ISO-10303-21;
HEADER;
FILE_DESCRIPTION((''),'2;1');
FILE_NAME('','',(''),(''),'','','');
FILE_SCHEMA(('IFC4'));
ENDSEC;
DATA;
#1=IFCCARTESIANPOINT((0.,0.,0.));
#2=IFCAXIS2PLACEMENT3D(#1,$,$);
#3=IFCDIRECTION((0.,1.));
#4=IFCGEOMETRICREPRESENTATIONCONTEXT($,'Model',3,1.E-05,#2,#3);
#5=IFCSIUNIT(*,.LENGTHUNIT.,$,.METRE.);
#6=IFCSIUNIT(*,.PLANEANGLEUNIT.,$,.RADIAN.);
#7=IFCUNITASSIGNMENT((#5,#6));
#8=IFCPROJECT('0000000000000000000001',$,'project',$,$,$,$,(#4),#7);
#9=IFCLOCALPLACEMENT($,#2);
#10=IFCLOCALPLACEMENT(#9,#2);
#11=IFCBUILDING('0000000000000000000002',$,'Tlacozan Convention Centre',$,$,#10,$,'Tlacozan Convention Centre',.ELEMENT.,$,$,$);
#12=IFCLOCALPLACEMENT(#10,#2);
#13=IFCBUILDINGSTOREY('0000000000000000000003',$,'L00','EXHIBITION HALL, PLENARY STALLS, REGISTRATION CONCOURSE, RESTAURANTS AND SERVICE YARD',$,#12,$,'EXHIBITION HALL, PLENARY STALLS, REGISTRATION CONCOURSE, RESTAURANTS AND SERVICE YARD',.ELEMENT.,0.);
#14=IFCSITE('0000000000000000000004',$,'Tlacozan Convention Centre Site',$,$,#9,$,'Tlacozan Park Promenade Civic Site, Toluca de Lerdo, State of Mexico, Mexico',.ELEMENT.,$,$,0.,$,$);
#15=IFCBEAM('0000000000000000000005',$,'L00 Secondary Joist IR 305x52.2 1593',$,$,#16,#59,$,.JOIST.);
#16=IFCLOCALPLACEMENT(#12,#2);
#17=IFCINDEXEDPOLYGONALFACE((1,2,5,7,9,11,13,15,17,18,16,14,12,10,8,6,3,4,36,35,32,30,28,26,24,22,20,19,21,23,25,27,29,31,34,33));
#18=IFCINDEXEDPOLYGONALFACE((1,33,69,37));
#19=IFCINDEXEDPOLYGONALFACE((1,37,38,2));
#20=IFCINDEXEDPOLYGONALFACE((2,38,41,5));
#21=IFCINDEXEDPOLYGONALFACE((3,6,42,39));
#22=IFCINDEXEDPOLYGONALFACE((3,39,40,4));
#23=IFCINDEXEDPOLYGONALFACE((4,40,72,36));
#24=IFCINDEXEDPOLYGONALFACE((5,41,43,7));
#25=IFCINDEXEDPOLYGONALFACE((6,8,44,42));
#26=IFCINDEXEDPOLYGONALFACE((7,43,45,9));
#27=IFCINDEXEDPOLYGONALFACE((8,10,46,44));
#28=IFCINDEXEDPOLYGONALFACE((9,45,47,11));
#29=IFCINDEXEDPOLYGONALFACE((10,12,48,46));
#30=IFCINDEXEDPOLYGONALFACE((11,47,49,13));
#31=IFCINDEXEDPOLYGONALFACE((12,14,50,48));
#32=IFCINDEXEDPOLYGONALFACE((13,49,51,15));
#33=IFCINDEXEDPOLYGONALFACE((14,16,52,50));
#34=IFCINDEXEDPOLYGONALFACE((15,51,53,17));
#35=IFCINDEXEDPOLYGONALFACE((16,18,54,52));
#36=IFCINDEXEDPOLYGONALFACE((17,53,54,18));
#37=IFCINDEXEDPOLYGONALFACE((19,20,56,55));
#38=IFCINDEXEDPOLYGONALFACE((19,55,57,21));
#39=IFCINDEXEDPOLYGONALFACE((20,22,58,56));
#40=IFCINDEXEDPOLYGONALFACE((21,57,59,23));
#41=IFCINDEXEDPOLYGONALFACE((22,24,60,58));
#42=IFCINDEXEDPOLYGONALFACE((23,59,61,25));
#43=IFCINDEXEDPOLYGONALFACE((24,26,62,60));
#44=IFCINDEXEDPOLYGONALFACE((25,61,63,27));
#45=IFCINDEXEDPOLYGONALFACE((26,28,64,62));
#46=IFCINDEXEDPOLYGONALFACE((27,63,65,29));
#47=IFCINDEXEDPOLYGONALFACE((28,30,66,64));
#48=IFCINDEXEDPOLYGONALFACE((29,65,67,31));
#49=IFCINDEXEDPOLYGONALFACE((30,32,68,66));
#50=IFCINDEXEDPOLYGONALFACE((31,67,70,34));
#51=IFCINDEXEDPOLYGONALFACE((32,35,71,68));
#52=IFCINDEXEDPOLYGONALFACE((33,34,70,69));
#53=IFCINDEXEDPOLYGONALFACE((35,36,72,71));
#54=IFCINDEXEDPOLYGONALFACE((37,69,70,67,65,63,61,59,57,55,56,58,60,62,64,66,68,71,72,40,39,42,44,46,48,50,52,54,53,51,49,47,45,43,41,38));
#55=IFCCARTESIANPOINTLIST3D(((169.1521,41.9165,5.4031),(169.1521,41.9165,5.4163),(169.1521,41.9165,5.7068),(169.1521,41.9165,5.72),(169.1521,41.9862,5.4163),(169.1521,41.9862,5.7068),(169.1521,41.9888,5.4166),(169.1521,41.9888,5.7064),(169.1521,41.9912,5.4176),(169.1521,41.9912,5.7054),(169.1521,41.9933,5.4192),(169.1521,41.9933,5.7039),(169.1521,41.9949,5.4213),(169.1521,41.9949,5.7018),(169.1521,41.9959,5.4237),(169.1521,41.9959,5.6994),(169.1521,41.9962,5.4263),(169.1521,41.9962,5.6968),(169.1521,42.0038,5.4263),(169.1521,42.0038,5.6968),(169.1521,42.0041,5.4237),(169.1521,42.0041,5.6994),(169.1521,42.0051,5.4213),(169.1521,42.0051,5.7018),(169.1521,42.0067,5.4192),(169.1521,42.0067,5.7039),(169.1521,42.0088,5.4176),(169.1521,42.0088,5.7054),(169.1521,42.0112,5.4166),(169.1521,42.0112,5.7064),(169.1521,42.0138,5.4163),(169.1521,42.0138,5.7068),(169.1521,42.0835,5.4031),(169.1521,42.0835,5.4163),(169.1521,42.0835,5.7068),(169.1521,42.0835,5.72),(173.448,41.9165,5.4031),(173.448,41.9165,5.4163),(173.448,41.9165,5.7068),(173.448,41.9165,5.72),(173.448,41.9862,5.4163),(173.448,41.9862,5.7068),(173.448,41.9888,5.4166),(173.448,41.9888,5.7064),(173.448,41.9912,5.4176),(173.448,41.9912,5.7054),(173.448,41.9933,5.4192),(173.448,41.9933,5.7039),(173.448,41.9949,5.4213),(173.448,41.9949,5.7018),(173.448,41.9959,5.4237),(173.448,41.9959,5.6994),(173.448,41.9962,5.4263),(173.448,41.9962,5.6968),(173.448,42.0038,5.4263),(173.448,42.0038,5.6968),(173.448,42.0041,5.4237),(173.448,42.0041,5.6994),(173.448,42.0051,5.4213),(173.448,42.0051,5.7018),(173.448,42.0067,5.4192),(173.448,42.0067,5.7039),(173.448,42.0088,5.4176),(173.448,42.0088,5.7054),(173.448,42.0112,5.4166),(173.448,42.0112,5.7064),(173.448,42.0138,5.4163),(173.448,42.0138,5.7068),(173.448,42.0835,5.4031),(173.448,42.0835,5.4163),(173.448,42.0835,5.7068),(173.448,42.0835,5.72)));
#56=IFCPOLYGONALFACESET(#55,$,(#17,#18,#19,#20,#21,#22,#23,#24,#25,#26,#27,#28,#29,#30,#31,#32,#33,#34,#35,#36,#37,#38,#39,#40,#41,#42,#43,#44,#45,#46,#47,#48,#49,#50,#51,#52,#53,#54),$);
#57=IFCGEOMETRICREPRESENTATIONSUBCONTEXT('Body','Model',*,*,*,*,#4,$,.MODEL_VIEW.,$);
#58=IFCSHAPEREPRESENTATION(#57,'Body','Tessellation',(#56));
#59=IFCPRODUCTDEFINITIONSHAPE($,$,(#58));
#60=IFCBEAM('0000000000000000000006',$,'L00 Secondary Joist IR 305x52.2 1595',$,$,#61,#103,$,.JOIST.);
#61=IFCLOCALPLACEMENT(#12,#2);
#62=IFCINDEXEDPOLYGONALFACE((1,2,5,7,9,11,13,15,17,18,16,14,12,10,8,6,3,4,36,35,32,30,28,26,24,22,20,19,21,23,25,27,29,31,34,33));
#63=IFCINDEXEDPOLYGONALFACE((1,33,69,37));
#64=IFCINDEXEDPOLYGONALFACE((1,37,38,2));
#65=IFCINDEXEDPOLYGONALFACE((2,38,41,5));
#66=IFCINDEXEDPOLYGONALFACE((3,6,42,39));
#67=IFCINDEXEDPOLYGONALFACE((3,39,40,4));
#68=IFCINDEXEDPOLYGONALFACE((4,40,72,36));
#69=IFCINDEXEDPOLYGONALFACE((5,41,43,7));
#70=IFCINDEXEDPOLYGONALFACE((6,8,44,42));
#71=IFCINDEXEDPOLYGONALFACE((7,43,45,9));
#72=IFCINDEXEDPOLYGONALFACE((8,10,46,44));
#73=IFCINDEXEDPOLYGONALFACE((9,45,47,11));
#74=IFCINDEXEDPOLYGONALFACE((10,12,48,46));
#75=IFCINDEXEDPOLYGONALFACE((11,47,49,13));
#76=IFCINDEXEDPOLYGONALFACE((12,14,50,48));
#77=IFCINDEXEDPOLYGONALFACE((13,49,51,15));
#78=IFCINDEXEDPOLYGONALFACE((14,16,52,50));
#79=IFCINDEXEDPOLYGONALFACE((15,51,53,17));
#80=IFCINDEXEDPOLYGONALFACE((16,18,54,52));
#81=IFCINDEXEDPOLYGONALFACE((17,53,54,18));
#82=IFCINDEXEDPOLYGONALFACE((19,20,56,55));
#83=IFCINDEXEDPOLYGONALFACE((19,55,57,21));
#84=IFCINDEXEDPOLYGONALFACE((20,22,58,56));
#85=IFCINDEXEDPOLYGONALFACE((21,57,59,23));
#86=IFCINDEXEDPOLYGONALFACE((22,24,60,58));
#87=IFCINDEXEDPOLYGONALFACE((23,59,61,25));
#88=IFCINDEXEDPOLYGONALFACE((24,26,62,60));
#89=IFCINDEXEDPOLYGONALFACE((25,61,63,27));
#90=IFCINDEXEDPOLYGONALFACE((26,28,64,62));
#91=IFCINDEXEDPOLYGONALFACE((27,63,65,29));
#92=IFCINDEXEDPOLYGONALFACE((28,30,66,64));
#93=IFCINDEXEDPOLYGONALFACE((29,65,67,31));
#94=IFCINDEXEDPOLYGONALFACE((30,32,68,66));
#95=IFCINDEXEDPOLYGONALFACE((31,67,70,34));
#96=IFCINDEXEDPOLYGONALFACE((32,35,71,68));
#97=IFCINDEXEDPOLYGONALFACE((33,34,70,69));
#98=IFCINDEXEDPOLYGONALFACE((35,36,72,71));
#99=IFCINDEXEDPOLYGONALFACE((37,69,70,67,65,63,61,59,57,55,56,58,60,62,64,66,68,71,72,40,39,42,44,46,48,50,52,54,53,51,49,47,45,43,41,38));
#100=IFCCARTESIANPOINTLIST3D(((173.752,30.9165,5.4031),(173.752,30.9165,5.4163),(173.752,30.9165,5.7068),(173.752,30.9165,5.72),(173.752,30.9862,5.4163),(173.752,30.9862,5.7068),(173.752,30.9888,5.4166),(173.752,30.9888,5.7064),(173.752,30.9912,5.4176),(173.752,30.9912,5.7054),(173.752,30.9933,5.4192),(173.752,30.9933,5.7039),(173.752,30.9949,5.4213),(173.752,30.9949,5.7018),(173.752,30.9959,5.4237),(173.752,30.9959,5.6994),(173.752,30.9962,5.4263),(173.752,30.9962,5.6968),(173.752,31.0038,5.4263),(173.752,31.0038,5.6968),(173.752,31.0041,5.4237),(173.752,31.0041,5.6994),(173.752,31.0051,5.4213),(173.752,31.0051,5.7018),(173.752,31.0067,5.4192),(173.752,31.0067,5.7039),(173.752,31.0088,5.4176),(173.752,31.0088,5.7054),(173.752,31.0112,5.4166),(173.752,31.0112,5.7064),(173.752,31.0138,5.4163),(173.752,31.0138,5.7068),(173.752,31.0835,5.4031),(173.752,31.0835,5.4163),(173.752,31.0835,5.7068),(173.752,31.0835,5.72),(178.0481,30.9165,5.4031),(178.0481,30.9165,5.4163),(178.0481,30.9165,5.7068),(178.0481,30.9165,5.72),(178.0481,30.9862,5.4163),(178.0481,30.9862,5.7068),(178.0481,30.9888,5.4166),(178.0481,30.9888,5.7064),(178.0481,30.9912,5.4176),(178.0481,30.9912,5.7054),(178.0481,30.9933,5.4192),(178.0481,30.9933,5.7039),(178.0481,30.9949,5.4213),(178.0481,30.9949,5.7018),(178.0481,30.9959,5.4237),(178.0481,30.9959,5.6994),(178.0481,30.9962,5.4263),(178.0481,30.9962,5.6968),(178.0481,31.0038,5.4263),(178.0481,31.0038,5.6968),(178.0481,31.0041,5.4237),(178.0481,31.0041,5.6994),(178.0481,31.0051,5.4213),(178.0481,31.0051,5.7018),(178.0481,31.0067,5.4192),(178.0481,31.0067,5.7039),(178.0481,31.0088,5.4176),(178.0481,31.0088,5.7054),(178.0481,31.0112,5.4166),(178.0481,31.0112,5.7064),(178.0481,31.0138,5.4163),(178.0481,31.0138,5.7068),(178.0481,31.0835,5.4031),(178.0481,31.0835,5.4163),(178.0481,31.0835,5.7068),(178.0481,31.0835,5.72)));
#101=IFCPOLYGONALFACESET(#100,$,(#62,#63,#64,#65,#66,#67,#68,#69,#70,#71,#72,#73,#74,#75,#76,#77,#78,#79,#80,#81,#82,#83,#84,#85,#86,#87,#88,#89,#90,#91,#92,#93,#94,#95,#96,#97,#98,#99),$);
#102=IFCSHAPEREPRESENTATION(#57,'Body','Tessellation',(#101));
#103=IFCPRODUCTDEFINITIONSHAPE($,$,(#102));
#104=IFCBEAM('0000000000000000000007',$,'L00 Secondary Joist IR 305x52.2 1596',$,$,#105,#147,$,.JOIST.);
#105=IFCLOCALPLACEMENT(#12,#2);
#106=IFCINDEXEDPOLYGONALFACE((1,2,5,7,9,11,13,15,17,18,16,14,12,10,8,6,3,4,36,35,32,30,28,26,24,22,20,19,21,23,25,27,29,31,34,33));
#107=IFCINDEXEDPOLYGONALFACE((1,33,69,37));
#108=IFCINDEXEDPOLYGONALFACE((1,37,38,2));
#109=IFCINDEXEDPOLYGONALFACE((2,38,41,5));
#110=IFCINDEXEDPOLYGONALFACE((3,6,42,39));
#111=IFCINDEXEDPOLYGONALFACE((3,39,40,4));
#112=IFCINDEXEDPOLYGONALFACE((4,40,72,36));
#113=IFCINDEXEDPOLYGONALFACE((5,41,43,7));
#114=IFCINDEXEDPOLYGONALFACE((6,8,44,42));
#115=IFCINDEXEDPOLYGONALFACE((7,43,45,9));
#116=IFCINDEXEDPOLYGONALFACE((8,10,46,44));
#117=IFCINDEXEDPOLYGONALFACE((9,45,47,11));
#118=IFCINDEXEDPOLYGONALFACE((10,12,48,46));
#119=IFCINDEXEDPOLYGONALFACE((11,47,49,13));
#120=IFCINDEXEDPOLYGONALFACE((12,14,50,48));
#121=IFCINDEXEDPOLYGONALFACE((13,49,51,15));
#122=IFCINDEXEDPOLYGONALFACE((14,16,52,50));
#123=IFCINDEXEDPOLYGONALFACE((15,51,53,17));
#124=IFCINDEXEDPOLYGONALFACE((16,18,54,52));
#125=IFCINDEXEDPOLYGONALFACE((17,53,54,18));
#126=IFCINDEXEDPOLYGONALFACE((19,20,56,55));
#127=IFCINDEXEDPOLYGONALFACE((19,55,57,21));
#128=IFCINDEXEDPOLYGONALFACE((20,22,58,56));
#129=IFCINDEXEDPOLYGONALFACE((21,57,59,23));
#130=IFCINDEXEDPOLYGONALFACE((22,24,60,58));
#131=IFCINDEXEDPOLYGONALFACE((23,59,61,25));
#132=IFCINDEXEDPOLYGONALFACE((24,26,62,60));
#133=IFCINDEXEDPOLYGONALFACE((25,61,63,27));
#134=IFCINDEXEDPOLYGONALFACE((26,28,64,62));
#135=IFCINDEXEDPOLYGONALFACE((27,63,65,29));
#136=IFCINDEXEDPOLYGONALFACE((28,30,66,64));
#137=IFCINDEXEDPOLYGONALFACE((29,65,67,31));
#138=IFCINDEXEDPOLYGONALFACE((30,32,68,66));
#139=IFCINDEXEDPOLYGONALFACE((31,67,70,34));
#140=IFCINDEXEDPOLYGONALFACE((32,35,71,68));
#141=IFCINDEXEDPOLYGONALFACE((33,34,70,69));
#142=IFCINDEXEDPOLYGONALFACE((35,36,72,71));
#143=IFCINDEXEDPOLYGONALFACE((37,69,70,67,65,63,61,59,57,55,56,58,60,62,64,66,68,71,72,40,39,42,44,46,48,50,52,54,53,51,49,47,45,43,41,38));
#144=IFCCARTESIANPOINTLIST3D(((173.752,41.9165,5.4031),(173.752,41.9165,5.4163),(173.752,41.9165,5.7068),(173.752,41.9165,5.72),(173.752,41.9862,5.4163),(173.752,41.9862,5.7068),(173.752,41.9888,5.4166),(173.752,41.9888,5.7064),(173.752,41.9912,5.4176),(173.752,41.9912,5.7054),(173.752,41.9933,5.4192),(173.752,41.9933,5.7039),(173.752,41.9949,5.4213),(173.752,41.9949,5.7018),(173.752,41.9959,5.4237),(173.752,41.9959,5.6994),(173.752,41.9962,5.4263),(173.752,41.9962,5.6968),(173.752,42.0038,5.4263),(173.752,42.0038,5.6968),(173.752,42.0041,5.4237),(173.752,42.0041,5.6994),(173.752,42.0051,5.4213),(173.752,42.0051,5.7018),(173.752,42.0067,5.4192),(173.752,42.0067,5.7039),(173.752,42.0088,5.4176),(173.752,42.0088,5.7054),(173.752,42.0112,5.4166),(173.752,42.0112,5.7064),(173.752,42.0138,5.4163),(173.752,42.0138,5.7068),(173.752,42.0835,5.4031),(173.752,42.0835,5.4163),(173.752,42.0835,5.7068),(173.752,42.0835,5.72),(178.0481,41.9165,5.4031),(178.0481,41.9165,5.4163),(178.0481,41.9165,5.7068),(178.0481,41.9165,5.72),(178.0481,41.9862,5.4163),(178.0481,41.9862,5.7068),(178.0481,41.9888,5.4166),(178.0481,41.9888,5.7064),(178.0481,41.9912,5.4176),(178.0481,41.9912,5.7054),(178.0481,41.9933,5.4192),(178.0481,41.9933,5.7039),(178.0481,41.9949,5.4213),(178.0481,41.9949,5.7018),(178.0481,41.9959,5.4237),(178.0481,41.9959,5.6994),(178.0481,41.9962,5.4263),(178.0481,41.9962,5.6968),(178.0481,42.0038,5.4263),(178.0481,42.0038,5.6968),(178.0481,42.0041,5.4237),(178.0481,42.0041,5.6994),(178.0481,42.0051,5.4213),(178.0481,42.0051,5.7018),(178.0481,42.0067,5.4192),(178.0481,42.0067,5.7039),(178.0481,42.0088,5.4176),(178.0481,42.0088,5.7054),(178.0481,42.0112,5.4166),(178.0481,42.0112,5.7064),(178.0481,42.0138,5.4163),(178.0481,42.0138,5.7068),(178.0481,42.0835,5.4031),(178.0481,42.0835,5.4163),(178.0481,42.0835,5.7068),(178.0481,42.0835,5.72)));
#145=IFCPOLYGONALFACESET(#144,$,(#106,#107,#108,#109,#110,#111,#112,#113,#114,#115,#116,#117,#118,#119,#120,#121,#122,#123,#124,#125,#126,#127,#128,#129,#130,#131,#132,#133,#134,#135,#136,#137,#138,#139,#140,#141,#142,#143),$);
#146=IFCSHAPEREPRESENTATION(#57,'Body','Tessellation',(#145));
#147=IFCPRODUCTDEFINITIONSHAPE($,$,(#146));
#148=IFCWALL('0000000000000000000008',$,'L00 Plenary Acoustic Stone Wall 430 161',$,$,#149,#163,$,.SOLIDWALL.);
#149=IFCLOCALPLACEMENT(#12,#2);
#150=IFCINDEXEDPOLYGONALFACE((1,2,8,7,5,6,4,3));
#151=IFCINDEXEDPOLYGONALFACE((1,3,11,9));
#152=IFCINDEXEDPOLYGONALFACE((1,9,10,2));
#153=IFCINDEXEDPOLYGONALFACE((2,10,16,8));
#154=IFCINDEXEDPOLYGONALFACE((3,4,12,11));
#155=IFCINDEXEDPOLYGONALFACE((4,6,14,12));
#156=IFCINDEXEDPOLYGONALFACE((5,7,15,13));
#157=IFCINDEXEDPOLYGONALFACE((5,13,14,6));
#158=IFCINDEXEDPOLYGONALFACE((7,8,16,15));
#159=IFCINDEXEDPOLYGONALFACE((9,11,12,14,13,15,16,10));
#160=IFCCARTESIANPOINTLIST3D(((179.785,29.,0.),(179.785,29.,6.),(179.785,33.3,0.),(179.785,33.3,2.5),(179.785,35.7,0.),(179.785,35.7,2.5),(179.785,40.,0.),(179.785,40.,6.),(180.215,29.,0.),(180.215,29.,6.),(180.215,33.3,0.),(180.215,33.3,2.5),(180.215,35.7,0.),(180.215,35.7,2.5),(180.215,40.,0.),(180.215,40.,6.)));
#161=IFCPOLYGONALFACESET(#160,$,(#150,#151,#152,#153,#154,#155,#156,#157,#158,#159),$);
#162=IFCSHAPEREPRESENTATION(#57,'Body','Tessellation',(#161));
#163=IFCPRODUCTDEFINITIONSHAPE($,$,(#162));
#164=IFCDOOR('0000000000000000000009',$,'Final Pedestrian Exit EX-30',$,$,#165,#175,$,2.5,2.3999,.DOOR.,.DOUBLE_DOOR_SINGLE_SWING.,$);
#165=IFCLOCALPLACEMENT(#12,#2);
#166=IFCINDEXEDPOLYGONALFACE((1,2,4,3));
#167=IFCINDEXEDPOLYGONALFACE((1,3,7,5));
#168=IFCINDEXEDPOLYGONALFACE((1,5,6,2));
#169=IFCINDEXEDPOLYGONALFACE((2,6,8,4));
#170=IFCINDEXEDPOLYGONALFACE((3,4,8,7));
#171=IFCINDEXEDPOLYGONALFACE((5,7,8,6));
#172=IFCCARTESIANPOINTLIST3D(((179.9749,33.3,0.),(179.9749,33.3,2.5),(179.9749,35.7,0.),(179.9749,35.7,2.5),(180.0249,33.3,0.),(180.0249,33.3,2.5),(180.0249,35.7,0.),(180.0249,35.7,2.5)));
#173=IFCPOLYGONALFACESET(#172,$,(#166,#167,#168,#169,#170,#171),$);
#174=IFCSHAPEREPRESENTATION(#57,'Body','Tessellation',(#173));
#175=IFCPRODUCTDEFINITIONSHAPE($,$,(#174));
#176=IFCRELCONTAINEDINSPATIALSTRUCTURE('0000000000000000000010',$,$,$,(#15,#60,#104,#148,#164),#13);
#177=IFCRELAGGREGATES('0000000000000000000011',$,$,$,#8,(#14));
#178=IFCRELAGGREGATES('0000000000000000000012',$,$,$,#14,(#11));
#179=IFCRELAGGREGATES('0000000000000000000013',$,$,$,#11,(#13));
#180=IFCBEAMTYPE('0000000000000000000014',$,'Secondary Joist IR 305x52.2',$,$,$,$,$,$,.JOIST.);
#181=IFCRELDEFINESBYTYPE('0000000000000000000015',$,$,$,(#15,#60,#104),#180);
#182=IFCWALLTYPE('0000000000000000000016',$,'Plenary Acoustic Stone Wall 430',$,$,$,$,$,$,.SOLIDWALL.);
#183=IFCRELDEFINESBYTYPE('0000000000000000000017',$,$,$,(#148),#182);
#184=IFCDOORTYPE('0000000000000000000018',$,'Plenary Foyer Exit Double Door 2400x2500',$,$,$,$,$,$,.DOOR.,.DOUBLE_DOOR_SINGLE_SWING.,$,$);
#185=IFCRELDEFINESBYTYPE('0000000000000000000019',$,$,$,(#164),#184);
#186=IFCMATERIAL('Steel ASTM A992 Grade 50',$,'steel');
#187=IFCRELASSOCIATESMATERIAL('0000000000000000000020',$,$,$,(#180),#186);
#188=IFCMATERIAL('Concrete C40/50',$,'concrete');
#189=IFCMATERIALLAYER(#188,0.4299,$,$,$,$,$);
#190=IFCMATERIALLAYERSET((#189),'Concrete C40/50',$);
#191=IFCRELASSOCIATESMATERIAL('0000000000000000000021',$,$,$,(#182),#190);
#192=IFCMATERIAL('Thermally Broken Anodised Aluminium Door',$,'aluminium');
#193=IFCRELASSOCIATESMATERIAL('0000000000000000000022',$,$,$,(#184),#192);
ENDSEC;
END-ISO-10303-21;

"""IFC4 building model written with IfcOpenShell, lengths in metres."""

from ifc_helpers import new_model, si_unit, direction, frame, frame_2d, origin, origin_2d, place, context, subcontext, project, spatial, rectangle, i_section, extrude, material, layer, layer_set, material_profile, profile_set, type_object, element, fill, save


model = new_model("IFC4")

# Units and contexts
model_context = context("Model", 3, precision=1e-05, world=origin(), true_north=direction((0.0, 1.0)))
body_context = subcontext(model_context, "Body", "Model", "MODEL_VIEW")
ifc_project = project(units=[si_unit("LENGTHUNIT", "METRE"), si_unit("PLANEANGLEUNIT", "RADIAN")], contexts=[model_context])

# Site, building, storey
site_placement = place(None, origin())
site = spatial("IfcSite", under=ifc_project, at=site_placement, Name="Tlacozan Convention Centre Site", LongName="Tlacozan Park Promenade Civic Site, Toluca de Lerdo, State of Mexico, Mexico", CompositionType="ELEMENT", RefElevation=0.0)
building_placement = place(site_placement, origin())
building = spatial("IfcBuilding", under=site, at=building_placement, Name="Tlacozan Convention Centre", LongName="Tlacozan Convention Centre", CompositionType="ELEMENT")
storey_placement = place(building_placement, origin())
storey = spatial("IfcBuildingStorey", under=building, at=storey_placement, Name="L00", Description="EXHIBITION HALL, PLENARY STALLS, REGISTRATION CONCOURSE, RESTAURANTS AND SERVICE YARD", LongName="EXHIBITION HALL, PLENARY STALLS, REGISTRATION CONCOURSE, RESTAURANTS AND SERVICE YARD", CompositionType="ELEMENT", Elevation=0.0)

# Shared definitions
ifc_material_1 = material(Name="Concrete C40/50", Category="concrete")

# Beams
ifc_material_2 = material(Name="Steel ASTM A992 Grade 50", Category="steel")
ifc_material_profile_1 = material_profile(ifc_material_2, i_section(OverallWidth=0.167, OverallDepth=0.3169, WebThickness=0.0076, FlangeThickness=0.0132, FilletRadius=0.01, at=origin_2d()), Name="IR 305x52.2")
ifc_profile_set_1 = profile_set([ifc_material_profile_1], Name="Steel ASTM A992 Grade 50")
beam_type = type_object("IfcBeamType", Name="Secondary Joist IR 305x52.2", PredefinedType="JOIST", material=ifc_profile_set_1)
for number, where, z_axis, x_axis, name in (
    (1, (169.1521, 42.0, 5.5615), (1.0, 0.0, 0.0), (0.0, 1.0, 0.0), "L00 Secondary Joist IR 305x52.2 1593"),
):
    element("IfcBeam", number, at=place(storey_placement, frame(where, z_axis=z_axis, x_axis=x_axis)), inside=storey, type_object=beam_type, Name=name, PredefinedType="JOIST", context=body_context, shape_type="SweptSolid", body=[
        extrude(i_section(OverallWidth=0.167, OverallDepth=0.3169, WebThickness=0.0076, FlangeThickness=0.0132, FilletRadius=0.01, at=origin_2d()), origin(), (0.0, 0.0, 1.0), 4.2959),
    ])
for number, where, z_axis, x_axis, name in (
    (2, (173.752, 31.0, 5.5615), (1.0, 0.0, 0.0), (0.0, 1.0, 0.0), "L00 Secondary Joist IR 305x52.2 1595"),
    (3, (173.752, 42.0, 5.5615), (1.0, 0.0, 0.0), (0.0, 1.0, 0.0), "L00 Secondary Joist IR 305x52.2 1596"),
):
    element("IfcBeam", number, at=place(storey_placement, frame(where, z_axis=z_axis, x_axis=x_axis)), inside=storey, type_object=beam_type, Name=name, PredefinedType="JOIST", context=body_context, shape_type="SweptSolid", body=[
        extrude(i_section(OverallWidth=0.167, OverallDepth=0.3169, WebThickness=0.0076, FlangeThickness=0.0132, FilletRadius=0.01, at=origin_2d()), origin(), (0.0, 0.0, 1.0), 4.2961),
    ])

# Wall, opening, door
ifc_layer_1 = layer(ifc_material_1, 0.4299)
ifc_layer_set_1 = layer_set([ifc_layer_1], Name="Concrete C40/50")
wall_type = type_object("IfcWallType", Name="Plenary Acoustic Stone Wall 430", PredefinedType="SOLIDWALL", material=ifc_layer_set_1)
wall_1_placement = place(storey_placement, frame((180.0, 29.0, 0.0), z_axis=(0.0, 0.0, 1.0), x_axis=(0.0, 1.0, 0.0)))
wall_1 = element("IfcWall", 4, at=wall_1_placement, inside=storey, type_object=wall_type, Name="L00 Plenary Acoustic Stone Wall 430 161", PredefinedType="SOLIDWALL", context=body_context, shape_type="SweptSolid", body=[
    extrude(rectangle(XDim=11.0, YDim=0.4299, at=frame_2d((5.5, 0.0))), origin(), (0.0, 0.0, 1.0), 6.0),
])
opening_1_placement = place(wall_1_placement, frame((4.3, 0.0, 0.0)))
opening_1 = element("IfcOpeningElement", 5, at=opening_1_placement, cuts=wall_1, PredefinedType="OPENING", context=body_context, shape_type="SweptSolid", body=[
    extrude(rectangle(XDim=2.3999, YDim=2.5, at=frame_2d((1.2, 1.25))), frame((0.0, 0.2249, 0.0), z_axis=(0.0, -1.0, 0.0), x_axis=(1.0, 0.0, 0.0)), (0.0, 0.0, 1.0), 0.45),
])
ifc_material_3 = material(Name="Thermally Broken Anodised Aluminium Door", Category="aluminium")
door_type = type_object("IfcDoorType", Name="Plenary Foyer Exit Double Door 2400x2500", OperationType="DOUBLE_DOOR_SINGLE_SWING", PredefinedType="DOOR", material=ifc_material_3)
door_1_placement = place(opening_1_placement, frame((2.3999, 0.0, 0.0), z_axis=(0.0, 0.0, 1.0), x_axis=(-1.0, 0.0, 0.0)))
door_1 = element("IfcDoor", 6, at=door_1_placement, inside=storey, type_object=door_type, Name="Final Pedestrian Exit EX-30", OperationType="DOUBLE_DOOR_SINGLE_SWING", OverallHeight=2.5, OverallWidth=2.3999, PredefinedType="DOOR", context=body_context, shape_type="SweptSolid", body=[
    extrude(rectangle(XDim=2.3999, YDim=2.5, at=frame_2d((1.2, 1.25))), frame((0.0, 0.0249, 0.0), z_axis=(0.0, -1.0, 0.0), x_axis=(1.0, 0.0, 0.0)), (0.0, 0.0, 1.0), 0.05),
])
fill(opening_1, door_1)

save(model, "model.ifc")
